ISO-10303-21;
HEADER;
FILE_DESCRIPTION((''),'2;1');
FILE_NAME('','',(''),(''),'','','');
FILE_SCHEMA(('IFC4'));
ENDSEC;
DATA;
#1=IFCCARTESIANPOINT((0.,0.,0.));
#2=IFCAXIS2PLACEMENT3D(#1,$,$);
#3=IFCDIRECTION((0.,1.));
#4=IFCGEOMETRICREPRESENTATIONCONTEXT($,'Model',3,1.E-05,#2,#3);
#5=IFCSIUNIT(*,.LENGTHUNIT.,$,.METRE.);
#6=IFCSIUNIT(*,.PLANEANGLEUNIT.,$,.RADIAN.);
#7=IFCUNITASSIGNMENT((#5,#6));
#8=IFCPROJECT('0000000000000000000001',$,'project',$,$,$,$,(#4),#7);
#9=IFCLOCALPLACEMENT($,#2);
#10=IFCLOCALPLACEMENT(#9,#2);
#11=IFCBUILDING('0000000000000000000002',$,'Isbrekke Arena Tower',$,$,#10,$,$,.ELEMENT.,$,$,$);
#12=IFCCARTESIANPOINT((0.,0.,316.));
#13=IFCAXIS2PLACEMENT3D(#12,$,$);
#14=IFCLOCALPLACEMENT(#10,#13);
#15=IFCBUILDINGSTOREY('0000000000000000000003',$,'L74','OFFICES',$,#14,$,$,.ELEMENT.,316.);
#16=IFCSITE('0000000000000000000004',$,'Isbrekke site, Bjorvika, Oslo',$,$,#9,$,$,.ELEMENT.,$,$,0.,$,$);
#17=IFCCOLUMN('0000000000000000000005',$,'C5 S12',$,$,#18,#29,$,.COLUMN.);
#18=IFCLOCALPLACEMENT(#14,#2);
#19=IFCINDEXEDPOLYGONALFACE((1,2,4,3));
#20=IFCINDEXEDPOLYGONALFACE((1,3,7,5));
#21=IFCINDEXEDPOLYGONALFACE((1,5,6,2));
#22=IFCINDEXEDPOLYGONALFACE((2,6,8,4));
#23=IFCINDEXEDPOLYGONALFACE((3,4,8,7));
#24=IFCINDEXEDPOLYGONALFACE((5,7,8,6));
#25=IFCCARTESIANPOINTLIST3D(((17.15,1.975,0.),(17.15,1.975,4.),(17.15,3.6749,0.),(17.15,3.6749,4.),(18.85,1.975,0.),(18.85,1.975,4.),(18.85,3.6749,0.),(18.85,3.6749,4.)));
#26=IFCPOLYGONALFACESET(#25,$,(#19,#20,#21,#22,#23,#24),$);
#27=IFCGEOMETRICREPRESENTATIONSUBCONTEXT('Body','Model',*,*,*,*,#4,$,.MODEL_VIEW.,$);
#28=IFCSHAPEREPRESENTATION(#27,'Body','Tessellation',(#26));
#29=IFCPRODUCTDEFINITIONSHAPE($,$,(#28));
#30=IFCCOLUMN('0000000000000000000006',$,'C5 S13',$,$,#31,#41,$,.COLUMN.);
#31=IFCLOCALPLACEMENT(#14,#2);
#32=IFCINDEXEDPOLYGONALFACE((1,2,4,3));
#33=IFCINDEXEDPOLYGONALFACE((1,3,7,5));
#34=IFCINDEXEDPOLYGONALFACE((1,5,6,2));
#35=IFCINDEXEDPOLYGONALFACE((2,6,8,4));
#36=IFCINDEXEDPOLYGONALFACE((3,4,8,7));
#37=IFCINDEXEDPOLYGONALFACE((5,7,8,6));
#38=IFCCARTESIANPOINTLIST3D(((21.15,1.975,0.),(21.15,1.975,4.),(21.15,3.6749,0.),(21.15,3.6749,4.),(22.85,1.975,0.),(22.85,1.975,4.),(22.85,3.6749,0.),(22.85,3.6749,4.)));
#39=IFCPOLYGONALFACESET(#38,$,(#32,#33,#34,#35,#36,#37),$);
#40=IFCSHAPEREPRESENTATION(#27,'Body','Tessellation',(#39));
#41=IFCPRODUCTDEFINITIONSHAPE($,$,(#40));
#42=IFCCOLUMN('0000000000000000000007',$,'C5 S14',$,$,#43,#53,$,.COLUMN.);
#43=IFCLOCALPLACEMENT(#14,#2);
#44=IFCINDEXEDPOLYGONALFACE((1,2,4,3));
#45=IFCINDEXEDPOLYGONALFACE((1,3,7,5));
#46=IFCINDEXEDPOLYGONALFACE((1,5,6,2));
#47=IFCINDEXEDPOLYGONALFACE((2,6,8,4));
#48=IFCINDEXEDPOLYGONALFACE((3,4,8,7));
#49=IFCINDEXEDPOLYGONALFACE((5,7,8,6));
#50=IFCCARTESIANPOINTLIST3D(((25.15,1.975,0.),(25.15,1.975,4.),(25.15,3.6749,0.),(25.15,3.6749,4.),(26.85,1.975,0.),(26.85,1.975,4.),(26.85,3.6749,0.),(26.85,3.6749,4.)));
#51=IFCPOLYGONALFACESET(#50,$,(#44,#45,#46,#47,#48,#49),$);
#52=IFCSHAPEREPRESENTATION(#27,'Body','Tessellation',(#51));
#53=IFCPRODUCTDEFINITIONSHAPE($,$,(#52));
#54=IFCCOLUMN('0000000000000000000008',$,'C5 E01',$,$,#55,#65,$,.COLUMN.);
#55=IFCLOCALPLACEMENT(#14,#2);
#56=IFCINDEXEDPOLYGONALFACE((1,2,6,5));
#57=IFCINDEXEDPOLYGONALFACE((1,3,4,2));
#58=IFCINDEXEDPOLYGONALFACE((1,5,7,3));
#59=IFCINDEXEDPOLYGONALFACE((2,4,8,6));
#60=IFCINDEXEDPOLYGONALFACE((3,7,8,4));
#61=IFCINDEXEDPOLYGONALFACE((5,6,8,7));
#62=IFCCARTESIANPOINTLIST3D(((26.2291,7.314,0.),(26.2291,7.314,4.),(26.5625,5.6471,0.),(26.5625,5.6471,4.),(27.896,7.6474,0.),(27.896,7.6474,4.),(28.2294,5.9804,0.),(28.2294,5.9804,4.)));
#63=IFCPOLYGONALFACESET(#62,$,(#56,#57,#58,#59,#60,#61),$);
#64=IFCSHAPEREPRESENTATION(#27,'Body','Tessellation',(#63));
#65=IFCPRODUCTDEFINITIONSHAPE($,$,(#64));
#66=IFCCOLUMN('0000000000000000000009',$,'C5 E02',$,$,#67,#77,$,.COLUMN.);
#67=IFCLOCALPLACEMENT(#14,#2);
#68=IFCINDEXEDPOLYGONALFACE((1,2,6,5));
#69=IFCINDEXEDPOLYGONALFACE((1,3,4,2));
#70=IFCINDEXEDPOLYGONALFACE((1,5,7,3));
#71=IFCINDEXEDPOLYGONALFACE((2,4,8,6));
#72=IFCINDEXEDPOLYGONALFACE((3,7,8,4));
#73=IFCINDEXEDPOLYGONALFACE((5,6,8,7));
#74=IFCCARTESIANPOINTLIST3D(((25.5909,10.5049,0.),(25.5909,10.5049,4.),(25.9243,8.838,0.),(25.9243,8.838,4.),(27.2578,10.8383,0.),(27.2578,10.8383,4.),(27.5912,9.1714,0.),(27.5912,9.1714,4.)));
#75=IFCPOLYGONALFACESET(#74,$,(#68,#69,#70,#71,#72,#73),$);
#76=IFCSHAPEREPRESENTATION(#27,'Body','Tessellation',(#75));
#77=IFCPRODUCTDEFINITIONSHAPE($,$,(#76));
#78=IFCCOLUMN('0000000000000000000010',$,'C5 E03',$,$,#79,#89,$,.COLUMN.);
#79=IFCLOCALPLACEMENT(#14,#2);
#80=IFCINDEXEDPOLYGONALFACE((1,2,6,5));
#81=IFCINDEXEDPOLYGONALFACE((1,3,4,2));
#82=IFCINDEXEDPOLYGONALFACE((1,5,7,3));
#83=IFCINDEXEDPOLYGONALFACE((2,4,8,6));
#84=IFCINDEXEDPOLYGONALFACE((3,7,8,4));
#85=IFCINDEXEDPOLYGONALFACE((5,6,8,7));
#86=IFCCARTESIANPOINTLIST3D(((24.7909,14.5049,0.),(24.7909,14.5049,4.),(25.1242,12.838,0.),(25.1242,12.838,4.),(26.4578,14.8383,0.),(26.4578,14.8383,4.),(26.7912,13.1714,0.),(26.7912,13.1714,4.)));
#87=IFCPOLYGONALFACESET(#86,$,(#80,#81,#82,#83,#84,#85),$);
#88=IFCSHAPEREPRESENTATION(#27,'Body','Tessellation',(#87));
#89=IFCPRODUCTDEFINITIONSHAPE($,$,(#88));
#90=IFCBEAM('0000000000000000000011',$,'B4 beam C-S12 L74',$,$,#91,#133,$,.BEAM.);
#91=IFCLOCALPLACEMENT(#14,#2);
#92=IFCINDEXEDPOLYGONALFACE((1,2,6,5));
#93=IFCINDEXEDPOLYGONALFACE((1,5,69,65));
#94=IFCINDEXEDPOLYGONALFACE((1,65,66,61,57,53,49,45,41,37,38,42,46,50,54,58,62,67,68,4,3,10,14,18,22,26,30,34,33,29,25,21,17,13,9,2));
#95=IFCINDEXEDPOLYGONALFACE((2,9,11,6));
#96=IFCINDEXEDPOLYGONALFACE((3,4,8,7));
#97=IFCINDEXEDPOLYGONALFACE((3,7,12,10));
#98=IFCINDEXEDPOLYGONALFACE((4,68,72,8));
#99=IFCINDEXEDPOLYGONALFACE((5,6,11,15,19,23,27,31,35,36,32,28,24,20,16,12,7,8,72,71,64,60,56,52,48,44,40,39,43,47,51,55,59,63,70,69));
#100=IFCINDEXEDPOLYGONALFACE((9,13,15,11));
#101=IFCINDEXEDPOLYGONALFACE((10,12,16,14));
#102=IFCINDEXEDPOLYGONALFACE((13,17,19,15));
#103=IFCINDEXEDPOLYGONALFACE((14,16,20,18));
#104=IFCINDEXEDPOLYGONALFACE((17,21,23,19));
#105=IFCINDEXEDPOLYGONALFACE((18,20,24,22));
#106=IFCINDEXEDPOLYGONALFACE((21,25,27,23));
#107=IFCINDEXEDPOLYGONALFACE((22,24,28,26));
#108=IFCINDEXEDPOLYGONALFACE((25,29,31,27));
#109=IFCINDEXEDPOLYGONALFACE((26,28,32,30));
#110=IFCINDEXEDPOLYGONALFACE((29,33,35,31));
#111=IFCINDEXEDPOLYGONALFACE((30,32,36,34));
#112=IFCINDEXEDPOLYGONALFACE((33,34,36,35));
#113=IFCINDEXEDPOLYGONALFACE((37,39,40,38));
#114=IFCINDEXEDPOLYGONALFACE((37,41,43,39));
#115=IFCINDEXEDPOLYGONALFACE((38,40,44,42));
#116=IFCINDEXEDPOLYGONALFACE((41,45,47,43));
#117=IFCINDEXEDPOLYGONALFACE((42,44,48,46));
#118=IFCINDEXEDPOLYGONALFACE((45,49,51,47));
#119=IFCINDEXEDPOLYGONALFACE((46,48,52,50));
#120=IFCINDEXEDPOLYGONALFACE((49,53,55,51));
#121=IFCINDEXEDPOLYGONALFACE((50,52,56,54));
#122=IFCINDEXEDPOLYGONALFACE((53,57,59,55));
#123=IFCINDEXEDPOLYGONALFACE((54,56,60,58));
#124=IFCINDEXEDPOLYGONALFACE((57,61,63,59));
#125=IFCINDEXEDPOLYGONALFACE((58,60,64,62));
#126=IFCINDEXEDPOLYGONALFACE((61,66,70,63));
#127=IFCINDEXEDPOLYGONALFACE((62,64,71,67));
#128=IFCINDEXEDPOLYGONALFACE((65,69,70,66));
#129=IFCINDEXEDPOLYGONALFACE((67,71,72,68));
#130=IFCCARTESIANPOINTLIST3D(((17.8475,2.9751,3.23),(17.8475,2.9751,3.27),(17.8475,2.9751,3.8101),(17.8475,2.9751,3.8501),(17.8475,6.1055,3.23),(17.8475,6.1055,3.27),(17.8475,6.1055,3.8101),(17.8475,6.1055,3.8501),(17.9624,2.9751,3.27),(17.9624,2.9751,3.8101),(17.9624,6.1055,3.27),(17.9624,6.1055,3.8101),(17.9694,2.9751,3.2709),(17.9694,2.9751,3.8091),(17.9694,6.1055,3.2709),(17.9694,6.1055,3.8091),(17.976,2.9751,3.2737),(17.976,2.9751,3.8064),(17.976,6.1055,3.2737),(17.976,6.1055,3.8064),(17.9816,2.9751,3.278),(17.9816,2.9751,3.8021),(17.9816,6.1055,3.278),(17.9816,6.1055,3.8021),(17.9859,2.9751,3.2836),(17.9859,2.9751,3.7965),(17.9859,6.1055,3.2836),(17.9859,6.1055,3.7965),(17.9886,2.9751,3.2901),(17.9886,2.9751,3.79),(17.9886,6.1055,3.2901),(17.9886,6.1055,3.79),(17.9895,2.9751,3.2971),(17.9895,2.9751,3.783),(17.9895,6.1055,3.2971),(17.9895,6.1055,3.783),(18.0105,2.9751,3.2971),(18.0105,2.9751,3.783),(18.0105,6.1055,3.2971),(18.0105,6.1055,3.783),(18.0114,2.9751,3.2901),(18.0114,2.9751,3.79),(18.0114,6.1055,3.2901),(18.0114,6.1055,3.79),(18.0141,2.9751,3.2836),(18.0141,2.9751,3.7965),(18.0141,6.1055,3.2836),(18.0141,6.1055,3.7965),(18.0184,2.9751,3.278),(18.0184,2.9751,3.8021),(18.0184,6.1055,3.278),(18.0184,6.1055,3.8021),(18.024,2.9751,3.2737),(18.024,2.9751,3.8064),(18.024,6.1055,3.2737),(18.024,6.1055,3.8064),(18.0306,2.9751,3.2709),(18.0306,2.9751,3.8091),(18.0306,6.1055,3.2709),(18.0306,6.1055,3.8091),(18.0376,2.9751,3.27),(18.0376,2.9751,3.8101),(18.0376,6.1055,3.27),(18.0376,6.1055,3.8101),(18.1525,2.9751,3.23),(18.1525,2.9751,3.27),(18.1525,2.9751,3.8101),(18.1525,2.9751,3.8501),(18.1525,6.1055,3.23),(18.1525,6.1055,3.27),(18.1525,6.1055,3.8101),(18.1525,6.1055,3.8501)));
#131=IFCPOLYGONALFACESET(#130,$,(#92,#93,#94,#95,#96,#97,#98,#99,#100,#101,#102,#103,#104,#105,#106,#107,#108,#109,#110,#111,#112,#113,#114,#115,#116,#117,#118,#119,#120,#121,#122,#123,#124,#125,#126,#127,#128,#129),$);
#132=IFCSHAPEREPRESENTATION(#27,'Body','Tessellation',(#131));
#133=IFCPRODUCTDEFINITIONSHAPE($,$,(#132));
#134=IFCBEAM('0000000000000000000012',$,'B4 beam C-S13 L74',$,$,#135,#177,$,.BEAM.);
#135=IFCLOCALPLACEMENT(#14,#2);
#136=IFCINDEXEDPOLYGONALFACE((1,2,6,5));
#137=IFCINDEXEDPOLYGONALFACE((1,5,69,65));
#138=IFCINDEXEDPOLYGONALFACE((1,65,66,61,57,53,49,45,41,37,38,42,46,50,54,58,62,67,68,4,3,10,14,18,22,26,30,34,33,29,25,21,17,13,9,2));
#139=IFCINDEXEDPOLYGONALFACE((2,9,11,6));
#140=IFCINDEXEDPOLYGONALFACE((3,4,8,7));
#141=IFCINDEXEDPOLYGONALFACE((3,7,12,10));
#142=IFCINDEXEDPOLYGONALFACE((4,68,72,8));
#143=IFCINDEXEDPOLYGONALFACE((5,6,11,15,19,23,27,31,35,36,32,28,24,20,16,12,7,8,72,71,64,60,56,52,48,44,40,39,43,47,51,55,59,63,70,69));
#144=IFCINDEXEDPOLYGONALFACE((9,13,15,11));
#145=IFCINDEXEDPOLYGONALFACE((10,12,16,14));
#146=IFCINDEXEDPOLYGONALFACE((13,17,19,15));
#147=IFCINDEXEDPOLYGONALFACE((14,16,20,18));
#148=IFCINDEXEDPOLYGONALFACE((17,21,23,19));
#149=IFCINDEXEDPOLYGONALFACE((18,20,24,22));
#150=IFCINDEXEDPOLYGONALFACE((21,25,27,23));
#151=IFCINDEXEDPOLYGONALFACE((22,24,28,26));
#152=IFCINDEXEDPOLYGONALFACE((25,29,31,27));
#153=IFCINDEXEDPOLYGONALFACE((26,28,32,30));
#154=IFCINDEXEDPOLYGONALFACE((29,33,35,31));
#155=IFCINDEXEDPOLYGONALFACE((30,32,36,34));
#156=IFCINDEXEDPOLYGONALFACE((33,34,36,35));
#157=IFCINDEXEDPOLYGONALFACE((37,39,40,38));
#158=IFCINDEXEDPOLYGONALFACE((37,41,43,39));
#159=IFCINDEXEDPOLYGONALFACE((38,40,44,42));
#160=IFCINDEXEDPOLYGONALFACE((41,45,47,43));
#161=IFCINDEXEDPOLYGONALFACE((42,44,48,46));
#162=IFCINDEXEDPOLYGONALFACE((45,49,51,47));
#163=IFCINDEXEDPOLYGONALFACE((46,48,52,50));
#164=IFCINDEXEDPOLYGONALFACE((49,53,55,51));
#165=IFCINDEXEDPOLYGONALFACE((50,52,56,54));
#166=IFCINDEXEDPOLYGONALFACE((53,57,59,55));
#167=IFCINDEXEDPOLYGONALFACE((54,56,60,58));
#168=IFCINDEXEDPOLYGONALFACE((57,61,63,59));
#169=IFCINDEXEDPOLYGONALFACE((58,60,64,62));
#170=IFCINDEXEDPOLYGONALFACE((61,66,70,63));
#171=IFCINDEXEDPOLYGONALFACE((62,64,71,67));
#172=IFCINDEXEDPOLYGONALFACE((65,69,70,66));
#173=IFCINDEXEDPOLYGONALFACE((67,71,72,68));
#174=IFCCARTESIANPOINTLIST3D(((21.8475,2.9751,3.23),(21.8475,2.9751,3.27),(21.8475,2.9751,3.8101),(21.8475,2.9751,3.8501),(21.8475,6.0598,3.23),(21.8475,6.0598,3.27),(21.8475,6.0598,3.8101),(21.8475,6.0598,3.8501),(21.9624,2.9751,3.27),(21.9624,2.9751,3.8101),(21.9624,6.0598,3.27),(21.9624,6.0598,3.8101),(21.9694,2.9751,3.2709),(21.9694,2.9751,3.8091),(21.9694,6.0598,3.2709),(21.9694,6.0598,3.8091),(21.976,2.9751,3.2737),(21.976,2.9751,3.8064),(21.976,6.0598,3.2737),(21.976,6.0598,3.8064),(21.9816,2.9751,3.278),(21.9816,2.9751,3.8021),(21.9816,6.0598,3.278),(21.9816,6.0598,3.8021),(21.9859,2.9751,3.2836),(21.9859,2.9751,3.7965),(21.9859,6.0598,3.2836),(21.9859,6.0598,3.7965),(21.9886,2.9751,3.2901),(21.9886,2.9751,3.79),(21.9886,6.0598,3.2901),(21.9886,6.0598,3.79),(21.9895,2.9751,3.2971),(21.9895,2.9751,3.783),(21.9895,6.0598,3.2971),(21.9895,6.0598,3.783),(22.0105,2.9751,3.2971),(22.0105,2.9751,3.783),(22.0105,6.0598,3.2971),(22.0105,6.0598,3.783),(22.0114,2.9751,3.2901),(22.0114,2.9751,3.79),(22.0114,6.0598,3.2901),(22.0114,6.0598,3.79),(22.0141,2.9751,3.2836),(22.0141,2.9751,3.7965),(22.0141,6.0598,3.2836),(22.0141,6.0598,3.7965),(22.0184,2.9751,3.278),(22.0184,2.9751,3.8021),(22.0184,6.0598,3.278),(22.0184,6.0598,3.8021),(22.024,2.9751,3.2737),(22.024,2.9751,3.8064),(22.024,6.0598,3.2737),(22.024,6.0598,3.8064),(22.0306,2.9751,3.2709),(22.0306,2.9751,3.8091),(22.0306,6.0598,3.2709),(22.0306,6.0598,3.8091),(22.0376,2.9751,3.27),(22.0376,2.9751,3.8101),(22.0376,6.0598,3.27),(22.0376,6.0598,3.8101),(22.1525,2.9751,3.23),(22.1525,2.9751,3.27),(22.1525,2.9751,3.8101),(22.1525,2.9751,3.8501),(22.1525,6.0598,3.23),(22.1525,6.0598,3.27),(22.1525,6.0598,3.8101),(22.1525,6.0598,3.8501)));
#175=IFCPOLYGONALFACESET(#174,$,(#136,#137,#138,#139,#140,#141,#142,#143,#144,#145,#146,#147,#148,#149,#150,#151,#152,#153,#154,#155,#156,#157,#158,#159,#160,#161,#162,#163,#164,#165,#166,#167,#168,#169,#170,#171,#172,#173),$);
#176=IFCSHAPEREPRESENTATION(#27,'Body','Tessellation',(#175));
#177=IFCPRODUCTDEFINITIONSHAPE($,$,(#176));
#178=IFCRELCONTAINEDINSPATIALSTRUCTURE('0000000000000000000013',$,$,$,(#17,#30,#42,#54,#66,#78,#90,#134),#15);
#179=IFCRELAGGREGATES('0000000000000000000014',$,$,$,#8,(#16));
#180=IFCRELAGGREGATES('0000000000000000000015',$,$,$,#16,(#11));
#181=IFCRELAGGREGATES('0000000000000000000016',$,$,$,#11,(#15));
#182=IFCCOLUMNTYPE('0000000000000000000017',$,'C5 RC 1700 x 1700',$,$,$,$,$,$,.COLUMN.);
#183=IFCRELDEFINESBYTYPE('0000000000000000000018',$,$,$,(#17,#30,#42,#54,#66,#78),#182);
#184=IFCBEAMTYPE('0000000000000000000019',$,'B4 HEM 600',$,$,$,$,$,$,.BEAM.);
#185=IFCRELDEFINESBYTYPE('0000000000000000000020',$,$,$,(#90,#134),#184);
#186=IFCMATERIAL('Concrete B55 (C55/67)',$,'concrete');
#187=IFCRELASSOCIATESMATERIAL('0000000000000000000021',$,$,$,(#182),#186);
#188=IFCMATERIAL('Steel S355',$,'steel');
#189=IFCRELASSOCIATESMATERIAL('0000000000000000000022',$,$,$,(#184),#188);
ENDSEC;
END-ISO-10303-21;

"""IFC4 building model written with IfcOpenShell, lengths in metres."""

from ifc_helpers import new_model, si_unit, direction, frame, origin, origin_2d, place, context, subcontext, project, spatial, rectangle, i_section, extrude, material, material_profile, profile_set, type_object, element, save


model = new_model("IFC4")

# Units and contexts
model_context = context("Model", 3, precision=1e-05, world=origin(), true_north=direction((0.0, 1.0)))
body_context = subcontext(model_context, "Body", "Model", "MODEL_VIEW")
ifc_project = project(units=[si_unit("LENGTHUNIT", "METRE"), si_unit("PLANEANGLEUNIT", "RADIAN")], contexts=[model_context])

# Site, building, storey
site_placement = place(None, origin())
site = spatial("IfcSite", under=ifc_project, at=site_placement, Name="Isbrekke site, Bjorvika, Oslo", CompositionType="ELEMENT", RefElevation=0.0)
building_placement = place(site_placement, origin())
building = spatial("IfcBuilding", under=site, at=building_placement, Name="Isbrekke Arena Tower", CompositionType="ELEMENT")
storey_placement = place(building_placement, frame((0.0, 0.0, 316.0)))
storey = spatial("IfcBuildingStorey", under=building, at=storey_placement, Name="L74", Description="OFFICES", CompositionType="ELEMENT", Elevation=316.0)

# Columns
ifc_material_1 = material(Name="Concrete B55 (C55/67)", Category="concrete")
ifc_material_profile_1 = material_profile(ifc_material_1, rectangle(XDim=1.7, YDim=1.7, at=origin_2d()), Name="RC 1700x1700")
ifc_profile_set_1 = profile_set([ifc_material_profile_1], Name="Concrete B55 (C55/67)")
column_type = type_object("IfcColumnType", Name="C5 RC 1700 x 1700", PredefinedType="COLUMN", material=ifc_profile_set_1)
for number, where, z_axis, x_axis, name in (
    (1, (18.0, 2.825, 0.0), (0.0, 0.0, 1.0), (1.0, 0.0, 0.0), "C5 S12"),
    (2, (22.0, 2.825, 0.0), (0.0, 0.0, 1.0), (1.0, 0.0, 0.0), "C5 S13"),
    (3, (26.0, 2.825, 0.0), (0.0, 0.0, 1.0), (1.0, 0.0, 0.0), "C5 S14"),
    (4, (27.2292, 6.6472, 0.0), (0.0, 0.0, 1.0), (-0.196116, 0.980581, 0.0), "C5 E01"),
    (5, (26.5911, 9.8381, 0.0), (0.0, 0.0, 1.0), (-0.196116, 0.980581, 0.0), "C5 E02"),
    (6, (25.791, 13.8381, 0.0), (0.0, 0.0, 1.0), (-0.196116, 0.980581, 0.0), "C5 E03"),
):
    element("IfcColumn", number, at=place(storey_placement, frame(where, z_axis=z_axis, x_axis=x_axis)), inside=storey, type_object=column_type, Name=name, PredefinedType="COLUMN", context=body_context, shape_type="SweptSolid", body=[
        extrude(rectangle(XDim=1.7, YDim=1.7, at=origin_2d()), origin(), (0.0, 0.0, 1.0), 4.0),
    ])

# Beams
ifc_material_2 = material(Name="Steel S355", Category="steel")
ifc_material_profile_2 = material_profile(ifc_material_2, i_section(OverallWidth=0.3049, OverallDepth=0.6201, WebThickness=0.021, FlangeThickness=0.04, FilletRadius=0.0271, at=origin_2d()), Name="HEM 600")
ifc_profile_set_2 = profile_set([ifc_material_profile_2], Name="Steel S355")
beam_type_1 = type_object("IfcBeamType", Name="B4 HEM 600", PredefinedType="BEAM", material=ifc_profile_set_2)
beam_1_placement = place(storey_placement, frame((18.0, 2.9751, 3.54), z_axis=(0.0, 1.0, 0.0), x_axis=(-1.0, 0.0, 0.0)))
element("IfcBeam", 7, at=beam_1_placement, inside=storey, type_object=beam_type_1, Name="B4 beam C-S12 L74", PredefinedType="BEAM", context=body_context, shape_type="SweptSolid", body=[
    extrude(i_section(OverallWidth=0.3049, OverallDepth=0.6201, WebThickness=0.021, FlangeThickness=0.04, FilletRadius=0.0271, at=origin_2d()), origin(), (0.0, 0.0, 1.0), 3.1304),
])
beam_2_placement = place(storey_placement, frame((22.0, 2.9751, 3.54), z_axis=(0.0, 1.0, 0.0), x_axis=(-1.0, 0.0, 0.0)))
element("IfcBeam", 8, at=beam_2_placement, inside=storey, type_object=beam_type_1, Name="B4 beam C-S13 L74", PredefinedType="BEAM", context=body_context, shape_type="SweptSolid", body=[
    extrude(i_section(OverallWidth=0.3049, OverallDepth=0.6201, WebThickness=0.021, FlangeThickness=0.04, FilletRadius=0.0271, at=origin_2d()), origin(), (0.0, 0.0, 1.0), 3.0847),
])

save(model, "model.ifc")
